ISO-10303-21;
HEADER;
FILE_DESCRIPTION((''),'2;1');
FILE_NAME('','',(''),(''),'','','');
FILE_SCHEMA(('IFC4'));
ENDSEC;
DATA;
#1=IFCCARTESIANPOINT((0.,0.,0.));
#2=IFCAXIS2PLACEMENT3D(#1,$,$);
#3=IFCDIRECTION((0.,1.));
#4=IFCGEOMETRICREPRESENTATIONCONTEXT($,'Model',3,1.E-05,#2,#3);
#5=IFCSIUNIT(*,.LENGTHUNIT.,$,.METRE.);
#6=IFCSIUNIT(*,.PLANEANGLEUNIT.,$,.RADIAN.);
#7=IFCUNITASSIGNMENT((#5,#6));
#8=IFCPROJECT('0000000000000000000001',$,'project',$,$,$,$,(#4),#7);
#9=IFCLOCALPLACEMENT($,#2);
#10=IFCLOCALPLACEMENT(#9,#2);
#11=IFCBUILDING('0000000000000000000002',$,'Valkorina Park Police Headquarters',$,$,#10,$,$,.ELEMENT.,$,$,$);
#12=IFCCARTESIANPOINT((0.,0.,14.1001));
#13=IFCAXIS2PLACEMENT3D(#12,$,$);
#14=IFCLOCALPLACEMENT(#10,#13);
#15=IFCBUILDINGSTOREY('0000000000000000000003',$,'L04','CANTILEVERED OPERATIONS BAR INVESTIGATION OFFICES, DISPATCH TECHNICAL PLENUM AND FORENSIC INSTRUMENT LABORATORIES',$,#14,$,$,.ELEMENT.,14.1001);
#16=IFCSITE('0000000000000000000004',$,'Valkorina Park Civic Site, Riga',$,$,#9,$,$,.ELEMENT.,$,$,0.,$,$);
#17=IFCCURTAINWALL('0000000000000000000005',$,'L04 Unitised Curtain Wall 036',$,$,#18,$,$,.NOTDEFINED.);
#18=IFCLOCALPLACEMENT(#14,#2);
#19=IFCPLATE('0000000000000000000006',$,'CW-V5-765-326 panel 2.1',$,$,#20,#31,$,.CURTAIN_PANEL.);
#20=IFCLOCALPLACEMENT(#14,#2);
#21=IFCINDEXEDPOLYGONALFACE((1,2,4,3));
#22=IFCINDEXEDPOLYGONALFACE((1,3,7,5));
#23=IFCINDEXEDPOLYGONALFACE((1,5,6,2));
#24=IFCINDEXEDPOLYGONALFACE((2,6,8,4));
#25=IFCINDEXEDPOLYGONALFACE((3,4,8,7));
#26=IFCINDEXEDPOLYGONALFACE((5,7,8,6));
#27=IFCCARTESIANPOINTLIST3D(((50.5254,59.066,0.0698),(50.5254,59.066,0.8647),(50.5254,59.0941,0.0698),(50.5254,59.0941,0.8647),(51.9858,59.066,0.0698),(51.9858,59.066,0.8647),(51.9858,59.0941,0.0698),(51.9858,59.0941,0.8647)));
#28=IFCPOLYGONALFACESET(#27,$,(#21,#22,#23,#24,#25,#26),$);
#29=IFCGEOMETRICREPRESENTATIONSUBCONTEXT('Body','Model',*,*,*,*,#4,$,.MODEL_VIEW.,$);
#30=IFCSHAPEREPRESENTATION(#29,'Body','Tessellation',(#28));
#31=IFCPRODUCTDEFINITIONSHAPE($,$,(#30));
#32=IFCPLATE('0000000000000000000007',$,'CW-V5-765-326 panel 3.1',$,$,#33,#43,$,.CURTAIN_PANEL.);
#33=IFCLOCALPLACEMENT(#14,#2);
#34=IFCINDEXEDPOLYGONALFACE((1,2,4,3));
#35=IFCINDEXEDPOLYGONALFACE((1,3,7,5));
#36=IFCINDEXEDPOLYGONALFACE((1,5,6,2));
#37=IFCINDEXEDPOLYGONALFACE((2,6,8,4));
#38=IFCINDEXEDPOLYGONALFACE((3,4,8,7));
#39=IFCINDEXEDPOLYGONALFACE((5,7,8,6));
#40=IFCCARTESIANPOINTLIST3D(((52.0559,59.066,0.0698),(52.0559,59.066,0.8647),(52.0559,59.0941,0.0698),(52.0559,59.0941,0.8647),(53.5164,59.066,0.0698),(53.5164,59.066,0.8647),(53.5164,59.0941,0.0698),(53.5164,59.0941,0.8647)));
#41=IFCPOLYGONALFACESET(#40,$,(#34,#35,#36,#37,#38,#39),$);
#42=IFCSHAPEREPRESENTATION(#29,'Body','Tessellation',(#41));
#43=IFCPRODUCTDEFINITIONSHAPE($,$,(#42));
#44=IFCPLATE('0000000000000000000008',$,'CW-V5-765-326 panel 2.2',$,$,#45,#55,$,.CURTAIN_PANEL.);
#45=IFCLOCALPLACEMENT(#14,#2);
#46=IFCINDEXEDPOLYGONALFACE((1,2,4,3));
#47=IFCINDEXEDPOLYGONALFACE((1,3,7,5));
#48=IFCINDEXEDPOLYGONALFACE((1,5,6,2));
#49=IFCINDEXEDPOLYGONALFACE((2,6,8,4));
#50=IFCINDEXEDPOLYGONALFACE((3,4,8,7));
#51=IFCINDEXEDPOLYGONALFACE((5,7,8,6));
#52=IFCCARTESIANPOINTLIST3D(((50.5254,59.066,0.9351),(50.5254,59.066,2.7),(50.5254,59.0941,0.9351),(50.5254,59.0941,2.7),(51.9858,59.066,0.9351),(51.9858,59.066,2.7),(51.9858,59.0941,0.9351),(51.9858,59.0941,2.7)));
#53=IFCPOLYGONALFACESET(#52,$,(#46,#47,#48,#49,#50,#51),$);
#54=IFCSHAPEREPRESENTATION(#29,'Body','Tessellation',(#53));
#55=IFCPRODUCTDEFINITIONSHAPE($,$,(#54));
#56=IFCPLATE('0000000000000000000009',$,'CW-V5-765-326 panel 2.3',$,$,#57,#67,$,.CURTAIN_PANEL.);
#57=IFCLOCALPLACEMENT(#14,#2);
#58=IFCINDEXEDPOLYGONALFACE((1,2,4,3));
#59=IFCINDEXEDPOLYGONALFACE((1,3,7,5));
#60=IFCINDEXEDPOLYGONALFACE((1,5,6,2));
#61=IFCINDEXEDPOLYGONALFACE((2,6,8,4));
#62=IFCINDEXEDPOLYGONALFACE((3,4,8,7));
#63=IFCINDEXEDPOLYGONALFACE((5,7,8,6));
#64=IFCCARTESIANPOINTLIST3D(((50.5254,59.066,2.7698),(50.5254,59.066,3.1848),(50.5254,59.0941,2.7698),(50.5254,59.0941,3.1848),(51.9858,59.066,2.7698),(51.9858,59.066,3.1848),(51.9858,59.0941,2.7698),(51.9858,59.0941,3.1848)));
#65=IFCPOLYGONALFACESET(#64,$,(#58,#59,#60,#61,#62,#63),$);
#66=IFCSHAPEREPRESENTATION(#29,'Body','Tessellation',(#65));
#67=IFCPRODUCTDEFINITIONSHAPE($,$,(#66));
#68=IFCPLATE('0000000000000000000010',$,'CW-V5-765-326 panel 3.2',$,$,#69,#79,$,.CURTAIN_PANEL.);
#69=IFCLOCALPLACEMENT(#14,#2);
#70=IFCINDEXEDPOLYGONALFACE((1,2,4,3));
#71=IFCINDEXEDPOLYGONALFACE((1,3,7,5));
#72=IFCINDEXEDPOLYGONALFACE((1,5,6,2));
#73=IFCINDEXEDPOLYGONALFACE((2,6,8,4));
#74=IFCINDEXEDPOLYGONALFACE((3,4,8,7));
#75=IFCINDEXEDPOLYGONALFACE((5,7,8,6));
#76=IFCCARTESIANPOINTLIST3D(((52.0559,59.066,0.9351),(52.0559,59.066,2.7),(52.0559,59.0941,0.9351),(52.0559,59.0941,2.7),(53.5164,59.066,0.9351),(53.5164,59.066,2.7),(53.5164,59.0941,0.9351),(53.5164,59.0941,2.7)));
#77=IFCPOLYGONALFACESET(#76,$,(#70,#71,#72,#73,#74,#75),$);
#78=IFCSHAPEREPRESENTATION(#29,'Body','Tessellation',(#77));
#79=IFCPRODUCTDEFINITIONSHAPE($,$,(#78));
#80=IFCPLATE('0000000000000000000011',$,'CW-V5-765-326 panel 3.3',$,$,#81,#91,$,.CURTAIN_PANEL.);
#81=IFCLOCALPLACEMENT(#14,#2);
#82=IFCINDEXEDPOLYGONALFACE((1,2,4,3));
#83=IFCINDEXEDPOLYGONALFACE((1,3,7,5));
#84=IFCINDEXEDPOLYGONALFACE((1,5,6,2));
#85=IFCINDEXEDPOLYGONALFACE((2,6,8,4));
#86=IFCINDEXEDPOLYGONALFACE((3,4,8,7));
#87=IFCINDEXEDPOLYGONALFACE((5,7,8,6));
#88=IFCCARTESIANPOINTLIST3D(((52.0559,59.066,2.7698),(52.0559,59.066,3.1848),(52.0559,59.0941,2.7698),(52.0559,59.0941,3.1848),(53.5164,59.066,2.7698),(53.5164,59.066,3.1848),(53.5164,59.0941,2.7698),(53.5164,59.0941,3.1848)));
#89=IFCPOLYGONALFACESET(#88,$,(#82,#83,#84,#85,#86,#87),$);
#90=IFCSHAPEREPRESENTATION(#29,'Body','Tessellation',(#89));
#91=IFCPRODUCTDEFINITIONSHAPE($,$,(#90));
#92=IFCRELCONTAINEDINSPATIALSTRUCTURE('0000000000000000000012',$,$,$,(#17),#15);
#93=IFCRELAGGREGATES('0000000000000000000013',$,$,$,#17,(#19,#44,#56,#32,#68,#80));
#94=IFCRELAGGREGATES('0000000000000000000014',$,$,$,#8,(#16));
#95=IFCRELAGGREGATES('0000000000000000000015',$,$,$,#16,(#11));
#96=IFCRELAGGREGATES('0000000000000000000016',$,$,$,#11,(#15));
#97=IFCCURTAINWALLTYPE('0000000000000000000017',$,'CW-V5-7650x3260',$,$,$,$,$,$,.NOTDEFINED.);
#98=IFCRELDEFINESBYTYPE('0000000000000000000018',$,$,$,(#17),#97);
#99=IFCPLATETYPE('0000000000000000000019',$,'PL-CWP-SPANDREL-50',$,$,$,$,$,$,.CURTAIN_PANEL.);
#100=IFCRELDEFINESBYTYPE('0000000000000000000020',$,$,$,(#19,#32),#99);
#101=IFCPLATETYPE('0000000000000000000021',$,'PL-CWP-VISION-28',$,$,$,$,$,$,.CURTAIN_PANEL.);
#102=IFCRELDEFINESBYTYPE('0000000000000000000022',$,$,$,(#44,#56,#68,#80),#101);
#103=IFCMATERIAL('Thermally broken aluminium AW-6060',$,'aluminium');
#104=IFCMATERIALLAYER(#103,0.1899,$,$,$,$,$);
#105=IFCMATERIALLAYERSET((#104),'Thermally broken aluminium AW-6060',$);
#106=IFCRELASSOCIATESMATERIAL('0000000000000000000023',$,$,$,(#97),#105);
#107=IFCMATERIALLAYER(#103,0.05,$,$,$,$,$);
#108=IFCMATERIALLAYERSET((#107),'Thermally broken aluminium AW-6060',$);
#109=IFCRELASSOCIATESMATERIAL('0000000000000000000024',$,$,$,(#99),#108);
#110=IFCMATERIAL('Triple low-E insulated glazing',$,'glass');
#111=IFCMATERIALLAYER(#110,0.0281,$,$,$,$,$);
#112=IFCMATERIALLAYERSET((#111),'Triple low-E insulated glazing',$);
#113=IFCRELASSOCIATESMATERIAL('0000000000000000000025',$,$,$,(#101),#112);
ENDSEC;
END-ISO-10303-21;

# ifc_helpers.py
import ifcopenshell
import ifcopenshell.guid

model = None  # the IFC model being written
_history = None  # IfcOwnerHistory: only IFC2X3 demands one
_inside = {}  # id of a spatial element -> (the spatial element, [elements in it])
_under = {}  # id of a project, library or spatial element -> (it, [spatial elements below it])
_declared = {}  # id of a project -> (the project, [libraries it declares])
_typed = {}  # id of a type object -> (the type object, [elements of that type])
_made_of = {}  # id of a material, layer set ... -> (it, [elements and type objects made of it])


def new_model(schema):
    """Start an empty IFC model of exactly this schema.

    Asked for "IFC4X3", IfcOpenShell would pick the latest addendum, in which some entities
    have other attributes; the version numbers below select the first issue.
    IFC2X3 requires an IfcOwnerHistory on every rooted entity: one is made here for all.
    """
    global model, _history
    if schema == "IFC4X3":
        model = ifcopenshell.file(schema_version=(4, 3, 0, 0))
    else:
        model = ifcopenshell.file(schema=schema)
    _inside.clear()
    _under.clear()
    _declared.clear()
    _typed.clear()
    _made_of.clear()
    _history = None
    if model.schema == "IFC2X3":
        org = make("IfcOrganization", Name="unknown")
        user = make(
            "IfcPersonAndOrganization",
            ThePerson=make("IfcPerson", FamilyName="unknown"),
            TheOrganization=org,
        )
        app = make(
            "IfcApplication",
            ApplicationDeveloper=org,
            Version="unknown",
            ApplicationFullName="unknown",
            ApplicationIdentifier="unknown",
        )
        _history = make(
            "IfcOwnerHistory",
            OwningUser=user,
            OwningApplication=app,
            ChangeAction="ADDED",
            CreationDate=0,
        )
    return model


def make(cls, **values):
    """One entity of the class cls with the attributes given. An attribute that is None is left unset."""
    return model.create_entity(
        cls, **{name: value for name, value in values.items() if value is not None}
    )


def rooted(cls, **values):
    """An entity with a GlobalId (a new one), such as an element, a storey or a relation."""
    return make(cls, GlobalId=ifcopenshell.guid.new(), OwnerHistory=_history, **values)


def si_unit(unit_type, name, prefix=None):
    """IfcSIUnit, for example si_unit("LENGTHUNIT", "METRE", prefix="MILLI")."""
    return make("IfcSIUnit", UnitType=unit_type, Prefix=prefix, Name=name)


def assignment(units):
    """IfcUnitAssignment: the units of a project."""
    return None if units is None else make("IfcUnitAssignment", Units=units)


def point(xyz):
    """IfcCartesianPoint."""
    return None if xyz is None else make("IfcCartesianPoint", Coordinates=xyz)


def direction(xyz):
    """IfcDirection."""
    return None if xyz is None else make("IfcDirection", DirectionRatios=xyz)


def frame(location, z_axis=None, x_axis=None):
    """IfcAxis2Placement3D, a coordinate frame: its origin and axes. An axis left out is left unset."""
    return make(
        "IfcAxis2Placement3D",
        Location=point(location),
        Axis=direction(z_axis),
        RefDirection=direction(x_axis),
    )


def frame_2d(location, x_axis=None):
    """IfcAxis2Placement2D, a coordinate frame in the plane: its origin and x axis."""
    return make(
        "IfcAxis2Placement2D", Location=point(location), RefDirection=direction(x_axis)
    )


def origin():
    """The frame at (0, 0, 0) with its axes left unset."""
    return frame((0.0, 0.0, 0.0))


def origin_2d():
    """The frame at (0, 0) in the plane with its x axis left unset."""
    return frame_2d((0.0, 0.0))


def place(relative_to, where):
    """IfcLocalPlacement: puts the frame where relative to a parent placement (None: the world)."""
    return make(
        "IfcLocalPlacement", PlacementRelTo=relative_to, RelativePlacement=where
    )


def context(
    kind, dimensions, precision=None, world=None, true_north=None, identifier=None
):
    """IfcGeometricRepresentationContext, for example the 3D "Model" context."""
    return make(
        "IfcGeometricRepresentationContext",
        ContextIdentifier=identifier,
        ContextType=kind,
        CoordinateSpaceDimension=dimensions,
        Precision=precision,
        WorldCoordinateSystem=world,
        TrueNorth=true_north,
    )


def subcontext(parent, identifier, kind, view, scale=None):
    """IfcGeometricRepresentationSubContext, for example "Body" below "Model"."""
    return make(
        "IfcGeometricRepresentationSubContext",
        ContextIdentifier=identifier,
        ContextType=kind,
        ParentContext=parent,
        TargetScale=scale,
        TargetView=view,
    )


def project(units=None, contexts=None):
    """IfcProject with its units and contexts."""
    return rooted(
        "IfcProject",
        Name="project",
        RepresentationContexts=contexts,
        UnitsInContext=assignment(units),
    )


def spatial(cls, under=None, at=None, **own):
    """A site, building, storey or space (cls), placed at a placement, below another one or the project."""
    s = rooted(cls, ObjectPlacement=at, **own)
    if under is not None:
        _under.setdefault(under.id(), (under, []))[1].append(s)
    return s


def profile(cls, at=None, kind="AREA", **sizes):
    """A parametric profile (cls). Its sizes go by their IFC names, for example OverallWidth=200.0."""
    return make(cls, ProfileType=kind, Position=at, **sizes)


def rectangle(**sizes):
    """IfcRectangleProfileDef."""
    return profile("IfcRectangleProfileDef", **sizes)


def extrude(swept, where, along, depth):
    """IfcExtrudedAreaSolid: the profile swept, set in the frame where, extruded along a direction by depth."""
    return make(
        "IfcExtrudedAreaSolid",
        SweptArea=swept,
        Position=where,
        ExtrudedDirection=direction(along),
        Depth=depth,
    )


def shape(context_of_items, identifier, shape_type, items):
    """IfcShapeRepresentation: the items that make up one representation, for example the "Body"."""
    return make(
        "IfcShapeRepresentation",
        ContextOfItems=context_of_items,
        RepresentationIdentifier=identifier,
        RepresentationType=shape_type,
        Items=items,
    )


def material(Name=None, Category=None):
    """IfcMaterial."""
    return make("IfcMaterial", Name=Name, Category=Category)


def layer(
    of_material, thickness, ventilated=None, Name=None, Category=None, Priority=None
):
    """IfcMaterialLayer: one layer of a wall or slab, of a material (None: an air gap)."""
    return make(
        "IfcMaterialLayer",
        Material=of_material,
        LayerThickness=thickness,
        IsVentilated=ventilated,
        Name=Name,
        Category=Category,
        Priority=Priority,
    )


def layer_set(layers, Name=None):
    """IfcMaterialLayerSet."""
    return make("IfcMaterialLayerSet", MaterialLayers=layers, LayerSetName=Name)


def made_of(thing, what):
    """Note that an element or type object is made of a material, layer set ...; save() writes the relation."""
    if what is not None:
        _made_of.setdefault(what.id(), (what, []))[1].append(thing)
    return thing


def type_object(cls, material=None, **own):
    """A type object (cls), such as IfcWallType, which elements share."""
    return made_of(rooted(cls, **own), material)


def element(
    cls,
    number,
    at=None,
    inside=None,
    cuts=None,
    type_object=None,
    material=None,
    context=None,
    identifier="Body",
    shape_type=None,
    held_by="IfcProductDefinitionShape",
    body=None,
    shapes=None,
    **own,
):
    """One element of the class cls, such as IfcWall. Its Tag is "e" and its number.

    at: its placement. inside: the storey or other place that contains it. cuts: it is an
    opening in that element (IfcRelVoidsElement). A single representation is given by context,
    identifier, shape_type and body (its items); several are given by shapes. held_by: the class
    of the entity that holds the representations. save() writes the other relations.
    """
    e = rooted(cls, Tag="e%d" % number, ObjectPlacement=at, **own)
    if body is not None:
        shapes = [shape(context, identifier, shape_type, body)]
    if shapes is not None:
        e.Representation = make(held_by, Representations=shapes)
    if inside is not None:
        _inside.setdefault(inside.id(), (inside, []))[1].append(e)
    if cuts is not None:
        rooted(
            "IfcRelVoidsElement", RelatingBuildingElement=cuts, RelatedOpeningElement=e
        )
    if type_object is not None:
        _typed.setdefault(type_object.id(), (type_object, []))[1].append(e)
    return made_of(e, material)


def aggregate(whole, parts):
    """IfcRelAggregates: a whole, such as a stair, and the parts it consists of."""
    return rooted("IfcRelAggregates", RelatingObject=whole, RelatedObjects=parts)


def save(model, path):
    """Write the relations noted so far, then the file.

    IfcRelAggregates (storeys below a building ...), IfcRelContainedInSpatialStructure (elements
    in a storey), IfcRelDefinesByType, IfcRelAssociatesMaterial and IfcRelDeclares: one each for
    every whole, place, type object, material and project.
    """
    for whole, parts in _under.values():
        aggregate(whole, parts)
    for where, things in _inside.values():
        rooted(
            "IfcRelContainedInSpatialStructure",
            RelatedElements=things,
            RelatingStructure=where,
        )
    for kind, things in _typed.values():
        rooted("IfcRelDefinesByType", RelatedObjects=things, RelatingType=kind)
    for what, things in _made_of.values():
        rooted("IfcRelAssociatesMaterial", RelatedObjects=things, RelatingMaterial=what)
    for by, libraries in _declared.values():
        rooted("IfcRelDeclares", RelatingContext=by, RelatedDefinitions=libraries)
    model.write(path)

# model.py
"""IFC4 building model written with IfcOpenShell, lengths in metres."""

from ifc_helpers import new_model, si_unit, direction, frame, origin, origin_2d, place, context, subcontext, project, spatial, rectangle, extrude, material, layer, layer_set, type_object, element, aggregate, save


model = new_model("IFC4")

# Units and contexts
model_context = context("Model", 3, precision=1e-05, world=origin(), true_north=direction((0.0, 1.0)))
body_context = subcontext(model_context, "Body", "Model", "MODEL_VIEW")
ifc_project = project(units=[si_unit("LENGTHUNIT", "METRE"), si_unit("PLANEANGLEUNIT", "RADIAN")], contexts=[model_context])

# Site, building, storey
site_placement = place(None, origin())
site = spatial("IfcSite", under=ifc_project, at=site_placement, Name="Valkorina Park Civic Site, Riga", CompositionType="ELEMENT", RefElevation=0.0)
building_placement = place(site_placement, origin())
building = spatial("IfcBuilding", under=site, at=building_placement, Name="Valkorina Park Police Headquarters", CompositionType="ELEMENT")
storey_placement = place(building_placement, frame((0.0, 0.0, 14.1001)))
storey = spatial("IfcBuildingStorey", under=building, at=storey_placement, Name="L04", Description="CANTILEVERED OPERATIONS BAR INVESTIGATION OFFICES, DISPATCH TECHNICAL PLENUM AND FORENSIC INSTRUMENT LABORATORIES", CompositionType="ELEMENT", Elevation=14.1001)

# Curtain wall, plates
ifc_material_1 = material(Name="Thermally broken aluminium AW-6060", Category="aluminium")
ifc_layer_1 = layer(ifc_material_1, 0.1899)
ifc_layer_set_1 = layer_set([ifc_layer_1], Name="Thermally broken aluminium AW-6060")
curtain_wall_type = type_object("IfcCurtainWallType", Name="CW-V5-7650x3260", PredefinedType="NOTDEFINED", material=ifc_layer_set_1)
curtain_wall_placement = place(storey_placement, origin())
curtain_wall = element("IfcCurtainWall", 1, at=curtain_wall_placement, inside=storey, type_object=curtain_wall_type, Name="L04 Unitised Curtain Wall 036", PredefinedType="NOTDEFINED")
ifc_layer_2 = layer(ifc_material_1, 0.05)
ifc_layer_set_2 = layer_set([ifc_layer_2], Name="Thermally broken aluminium AW-6060")
plate_type_1 = type_object("IfcPlateType", Name="PL-CWP-SPANDREL-50", PredefinedType="CURTAIN_PANEL", material=ifc_layer_set_2)
plate_1_placement = place(storey_placement, frame((51.2556, 59.0801, 0.0698), z_axis=(0.0, 0.0, 1.0), x_axis=(1.0, 0.0, 0.0)))
plate_1 = element("IfcPlate", 2, at=plate_1_placement, type_object=plate_type_1, Name="CW-V5-765-326 panel 2.1", PredefinedType="CURTAIN_PANEL", context=body_context, shape_type="SweptSolid", body=[
    extrude(rectangle(XDim=1.4604, YDim=0.0281, at=origin_2d()), origin(), (0.0, 0.0, 1.0), 0.7949),
])
plate_2_placement = place(storey_placement, frame((52.7861, 59.0801, 0.0698), z_axis=(0.0, 0.0, 1.0), x_axis=(1.0, 0.0, 0.0)))
plate_2 = element("IfcPlate", 3, at=plate_2_placement, type_object=plate_type_1, Name="CW-V5-765-326 panel 3.1", PredefinedType="CURTAIN_PANEL", context=body_context, shape_type="SweptSolid", body=[
    extrude(rectangle(XDim=1.4604, YDim=0.0281, at=origin_2d()), origin(), (0.0, 0.0, 1.0), 0.7949),
])
ifc_material_2 = material(Name="Triple low-E insulated glazing", Category="glass")
ifc_layer_3 = layer(ifc_material_2, 0.0281)
ifc_layer_set_3 = layer_set([ifc_layer_3], Name="Triple low-E insulated glazing")
plate_type_2 = type_object("IfcPlateType", Name="PL-CWP-VISION-28", PredefinedType="CURTAIN_PANEL", material=ifc_layer_set_3)
plate_3_placement = place(storey_placement, frame((51.2556, 59.0801, 0.9351), z_axis=(0.0, 0.0, 1.0), x_axis=(1.0, 0.0, 0.0)))
plate_3 = element("IfcPlate", 4, at=plate_3_placement, type_object=plate_type_2, Name="CW-V5-765-326 panel 2.2", PredefinedType="CURTAIN_PANEL", context=body_context, shape_type="SweptSolid", body=[
    extrude(rectangle(XDim=1.4604, YDim=0.0281, at=origin_2d()), origin(), (0.0, 0.0, 1.0), 1.7649),
])
plate_4_placement = place(storey_placement, frame((51.2556, 59.0801, 2.7698), z_axis=(0.0, 0.0, 1.0), x_axis=(1.0, 0.0, 0.0)))
plate_4 = element("IfcPlate", 5, at=plate_4_placement, type_object=plate_type_2, Name="CW-V5-765-326 panel 2.3", PredefinedType="CURTAIN_PANEL", context=body_context, shape_type="SweptSolid", body=[
    extrude(rectangle(XDim=1.4604, YDim=0.0281, at=origin_2d()), origin(), (0.0, 0.0, 1.0), 0.415),
])
plate_5_placement = place(storey_placement, frame((52.7861, 59.0801, 0.9351), z_axis=(0.0, 0.0, 1.0), x_axis=(1.0, 0.0, 0.0)))
plate_5 = element("IfcPlate", 6, at=plate_5_placement, type_object=plate_type_2, Name="CW-V5-765-326 panel 3.2", PredefinedType="CURTAIN_PANEL", context=body_context, shape_type="SweptSolid", body=[
    extrude(rectangle(XDim=1.4604, YDim=0.0281, at=origin_2d()), origin(), (0.0, 0.0, 1.0), 1.7649),
])
plate_6_placement = place(storey_placement, frame((52.7861, 59.0801, 2.7698), z_axis=(0.0, 0.0, 1.0), x_axis=(1.0, 0.0, 0.0)))
plate_6 = element("IfcPlate", 7, at=plate_6_placement, type_object=plate_type_2, Name="CW-V5-765-326 panel 3.3", PredefinedType="CURTAIN_PANEL", context=body_context, shape_type="SweptSolid", body=[
    extrude(rectangle(XDim=1.4604, YDim=0.0281, at=origin_2d()), origin(), (0.0, 0.0, 1.0), 0.415),
])
aggregate(curtain_wall, [plate_1, plate_3, plate_4, plate_2, plate_5, plate_6])

save(model, "model.ifc")
